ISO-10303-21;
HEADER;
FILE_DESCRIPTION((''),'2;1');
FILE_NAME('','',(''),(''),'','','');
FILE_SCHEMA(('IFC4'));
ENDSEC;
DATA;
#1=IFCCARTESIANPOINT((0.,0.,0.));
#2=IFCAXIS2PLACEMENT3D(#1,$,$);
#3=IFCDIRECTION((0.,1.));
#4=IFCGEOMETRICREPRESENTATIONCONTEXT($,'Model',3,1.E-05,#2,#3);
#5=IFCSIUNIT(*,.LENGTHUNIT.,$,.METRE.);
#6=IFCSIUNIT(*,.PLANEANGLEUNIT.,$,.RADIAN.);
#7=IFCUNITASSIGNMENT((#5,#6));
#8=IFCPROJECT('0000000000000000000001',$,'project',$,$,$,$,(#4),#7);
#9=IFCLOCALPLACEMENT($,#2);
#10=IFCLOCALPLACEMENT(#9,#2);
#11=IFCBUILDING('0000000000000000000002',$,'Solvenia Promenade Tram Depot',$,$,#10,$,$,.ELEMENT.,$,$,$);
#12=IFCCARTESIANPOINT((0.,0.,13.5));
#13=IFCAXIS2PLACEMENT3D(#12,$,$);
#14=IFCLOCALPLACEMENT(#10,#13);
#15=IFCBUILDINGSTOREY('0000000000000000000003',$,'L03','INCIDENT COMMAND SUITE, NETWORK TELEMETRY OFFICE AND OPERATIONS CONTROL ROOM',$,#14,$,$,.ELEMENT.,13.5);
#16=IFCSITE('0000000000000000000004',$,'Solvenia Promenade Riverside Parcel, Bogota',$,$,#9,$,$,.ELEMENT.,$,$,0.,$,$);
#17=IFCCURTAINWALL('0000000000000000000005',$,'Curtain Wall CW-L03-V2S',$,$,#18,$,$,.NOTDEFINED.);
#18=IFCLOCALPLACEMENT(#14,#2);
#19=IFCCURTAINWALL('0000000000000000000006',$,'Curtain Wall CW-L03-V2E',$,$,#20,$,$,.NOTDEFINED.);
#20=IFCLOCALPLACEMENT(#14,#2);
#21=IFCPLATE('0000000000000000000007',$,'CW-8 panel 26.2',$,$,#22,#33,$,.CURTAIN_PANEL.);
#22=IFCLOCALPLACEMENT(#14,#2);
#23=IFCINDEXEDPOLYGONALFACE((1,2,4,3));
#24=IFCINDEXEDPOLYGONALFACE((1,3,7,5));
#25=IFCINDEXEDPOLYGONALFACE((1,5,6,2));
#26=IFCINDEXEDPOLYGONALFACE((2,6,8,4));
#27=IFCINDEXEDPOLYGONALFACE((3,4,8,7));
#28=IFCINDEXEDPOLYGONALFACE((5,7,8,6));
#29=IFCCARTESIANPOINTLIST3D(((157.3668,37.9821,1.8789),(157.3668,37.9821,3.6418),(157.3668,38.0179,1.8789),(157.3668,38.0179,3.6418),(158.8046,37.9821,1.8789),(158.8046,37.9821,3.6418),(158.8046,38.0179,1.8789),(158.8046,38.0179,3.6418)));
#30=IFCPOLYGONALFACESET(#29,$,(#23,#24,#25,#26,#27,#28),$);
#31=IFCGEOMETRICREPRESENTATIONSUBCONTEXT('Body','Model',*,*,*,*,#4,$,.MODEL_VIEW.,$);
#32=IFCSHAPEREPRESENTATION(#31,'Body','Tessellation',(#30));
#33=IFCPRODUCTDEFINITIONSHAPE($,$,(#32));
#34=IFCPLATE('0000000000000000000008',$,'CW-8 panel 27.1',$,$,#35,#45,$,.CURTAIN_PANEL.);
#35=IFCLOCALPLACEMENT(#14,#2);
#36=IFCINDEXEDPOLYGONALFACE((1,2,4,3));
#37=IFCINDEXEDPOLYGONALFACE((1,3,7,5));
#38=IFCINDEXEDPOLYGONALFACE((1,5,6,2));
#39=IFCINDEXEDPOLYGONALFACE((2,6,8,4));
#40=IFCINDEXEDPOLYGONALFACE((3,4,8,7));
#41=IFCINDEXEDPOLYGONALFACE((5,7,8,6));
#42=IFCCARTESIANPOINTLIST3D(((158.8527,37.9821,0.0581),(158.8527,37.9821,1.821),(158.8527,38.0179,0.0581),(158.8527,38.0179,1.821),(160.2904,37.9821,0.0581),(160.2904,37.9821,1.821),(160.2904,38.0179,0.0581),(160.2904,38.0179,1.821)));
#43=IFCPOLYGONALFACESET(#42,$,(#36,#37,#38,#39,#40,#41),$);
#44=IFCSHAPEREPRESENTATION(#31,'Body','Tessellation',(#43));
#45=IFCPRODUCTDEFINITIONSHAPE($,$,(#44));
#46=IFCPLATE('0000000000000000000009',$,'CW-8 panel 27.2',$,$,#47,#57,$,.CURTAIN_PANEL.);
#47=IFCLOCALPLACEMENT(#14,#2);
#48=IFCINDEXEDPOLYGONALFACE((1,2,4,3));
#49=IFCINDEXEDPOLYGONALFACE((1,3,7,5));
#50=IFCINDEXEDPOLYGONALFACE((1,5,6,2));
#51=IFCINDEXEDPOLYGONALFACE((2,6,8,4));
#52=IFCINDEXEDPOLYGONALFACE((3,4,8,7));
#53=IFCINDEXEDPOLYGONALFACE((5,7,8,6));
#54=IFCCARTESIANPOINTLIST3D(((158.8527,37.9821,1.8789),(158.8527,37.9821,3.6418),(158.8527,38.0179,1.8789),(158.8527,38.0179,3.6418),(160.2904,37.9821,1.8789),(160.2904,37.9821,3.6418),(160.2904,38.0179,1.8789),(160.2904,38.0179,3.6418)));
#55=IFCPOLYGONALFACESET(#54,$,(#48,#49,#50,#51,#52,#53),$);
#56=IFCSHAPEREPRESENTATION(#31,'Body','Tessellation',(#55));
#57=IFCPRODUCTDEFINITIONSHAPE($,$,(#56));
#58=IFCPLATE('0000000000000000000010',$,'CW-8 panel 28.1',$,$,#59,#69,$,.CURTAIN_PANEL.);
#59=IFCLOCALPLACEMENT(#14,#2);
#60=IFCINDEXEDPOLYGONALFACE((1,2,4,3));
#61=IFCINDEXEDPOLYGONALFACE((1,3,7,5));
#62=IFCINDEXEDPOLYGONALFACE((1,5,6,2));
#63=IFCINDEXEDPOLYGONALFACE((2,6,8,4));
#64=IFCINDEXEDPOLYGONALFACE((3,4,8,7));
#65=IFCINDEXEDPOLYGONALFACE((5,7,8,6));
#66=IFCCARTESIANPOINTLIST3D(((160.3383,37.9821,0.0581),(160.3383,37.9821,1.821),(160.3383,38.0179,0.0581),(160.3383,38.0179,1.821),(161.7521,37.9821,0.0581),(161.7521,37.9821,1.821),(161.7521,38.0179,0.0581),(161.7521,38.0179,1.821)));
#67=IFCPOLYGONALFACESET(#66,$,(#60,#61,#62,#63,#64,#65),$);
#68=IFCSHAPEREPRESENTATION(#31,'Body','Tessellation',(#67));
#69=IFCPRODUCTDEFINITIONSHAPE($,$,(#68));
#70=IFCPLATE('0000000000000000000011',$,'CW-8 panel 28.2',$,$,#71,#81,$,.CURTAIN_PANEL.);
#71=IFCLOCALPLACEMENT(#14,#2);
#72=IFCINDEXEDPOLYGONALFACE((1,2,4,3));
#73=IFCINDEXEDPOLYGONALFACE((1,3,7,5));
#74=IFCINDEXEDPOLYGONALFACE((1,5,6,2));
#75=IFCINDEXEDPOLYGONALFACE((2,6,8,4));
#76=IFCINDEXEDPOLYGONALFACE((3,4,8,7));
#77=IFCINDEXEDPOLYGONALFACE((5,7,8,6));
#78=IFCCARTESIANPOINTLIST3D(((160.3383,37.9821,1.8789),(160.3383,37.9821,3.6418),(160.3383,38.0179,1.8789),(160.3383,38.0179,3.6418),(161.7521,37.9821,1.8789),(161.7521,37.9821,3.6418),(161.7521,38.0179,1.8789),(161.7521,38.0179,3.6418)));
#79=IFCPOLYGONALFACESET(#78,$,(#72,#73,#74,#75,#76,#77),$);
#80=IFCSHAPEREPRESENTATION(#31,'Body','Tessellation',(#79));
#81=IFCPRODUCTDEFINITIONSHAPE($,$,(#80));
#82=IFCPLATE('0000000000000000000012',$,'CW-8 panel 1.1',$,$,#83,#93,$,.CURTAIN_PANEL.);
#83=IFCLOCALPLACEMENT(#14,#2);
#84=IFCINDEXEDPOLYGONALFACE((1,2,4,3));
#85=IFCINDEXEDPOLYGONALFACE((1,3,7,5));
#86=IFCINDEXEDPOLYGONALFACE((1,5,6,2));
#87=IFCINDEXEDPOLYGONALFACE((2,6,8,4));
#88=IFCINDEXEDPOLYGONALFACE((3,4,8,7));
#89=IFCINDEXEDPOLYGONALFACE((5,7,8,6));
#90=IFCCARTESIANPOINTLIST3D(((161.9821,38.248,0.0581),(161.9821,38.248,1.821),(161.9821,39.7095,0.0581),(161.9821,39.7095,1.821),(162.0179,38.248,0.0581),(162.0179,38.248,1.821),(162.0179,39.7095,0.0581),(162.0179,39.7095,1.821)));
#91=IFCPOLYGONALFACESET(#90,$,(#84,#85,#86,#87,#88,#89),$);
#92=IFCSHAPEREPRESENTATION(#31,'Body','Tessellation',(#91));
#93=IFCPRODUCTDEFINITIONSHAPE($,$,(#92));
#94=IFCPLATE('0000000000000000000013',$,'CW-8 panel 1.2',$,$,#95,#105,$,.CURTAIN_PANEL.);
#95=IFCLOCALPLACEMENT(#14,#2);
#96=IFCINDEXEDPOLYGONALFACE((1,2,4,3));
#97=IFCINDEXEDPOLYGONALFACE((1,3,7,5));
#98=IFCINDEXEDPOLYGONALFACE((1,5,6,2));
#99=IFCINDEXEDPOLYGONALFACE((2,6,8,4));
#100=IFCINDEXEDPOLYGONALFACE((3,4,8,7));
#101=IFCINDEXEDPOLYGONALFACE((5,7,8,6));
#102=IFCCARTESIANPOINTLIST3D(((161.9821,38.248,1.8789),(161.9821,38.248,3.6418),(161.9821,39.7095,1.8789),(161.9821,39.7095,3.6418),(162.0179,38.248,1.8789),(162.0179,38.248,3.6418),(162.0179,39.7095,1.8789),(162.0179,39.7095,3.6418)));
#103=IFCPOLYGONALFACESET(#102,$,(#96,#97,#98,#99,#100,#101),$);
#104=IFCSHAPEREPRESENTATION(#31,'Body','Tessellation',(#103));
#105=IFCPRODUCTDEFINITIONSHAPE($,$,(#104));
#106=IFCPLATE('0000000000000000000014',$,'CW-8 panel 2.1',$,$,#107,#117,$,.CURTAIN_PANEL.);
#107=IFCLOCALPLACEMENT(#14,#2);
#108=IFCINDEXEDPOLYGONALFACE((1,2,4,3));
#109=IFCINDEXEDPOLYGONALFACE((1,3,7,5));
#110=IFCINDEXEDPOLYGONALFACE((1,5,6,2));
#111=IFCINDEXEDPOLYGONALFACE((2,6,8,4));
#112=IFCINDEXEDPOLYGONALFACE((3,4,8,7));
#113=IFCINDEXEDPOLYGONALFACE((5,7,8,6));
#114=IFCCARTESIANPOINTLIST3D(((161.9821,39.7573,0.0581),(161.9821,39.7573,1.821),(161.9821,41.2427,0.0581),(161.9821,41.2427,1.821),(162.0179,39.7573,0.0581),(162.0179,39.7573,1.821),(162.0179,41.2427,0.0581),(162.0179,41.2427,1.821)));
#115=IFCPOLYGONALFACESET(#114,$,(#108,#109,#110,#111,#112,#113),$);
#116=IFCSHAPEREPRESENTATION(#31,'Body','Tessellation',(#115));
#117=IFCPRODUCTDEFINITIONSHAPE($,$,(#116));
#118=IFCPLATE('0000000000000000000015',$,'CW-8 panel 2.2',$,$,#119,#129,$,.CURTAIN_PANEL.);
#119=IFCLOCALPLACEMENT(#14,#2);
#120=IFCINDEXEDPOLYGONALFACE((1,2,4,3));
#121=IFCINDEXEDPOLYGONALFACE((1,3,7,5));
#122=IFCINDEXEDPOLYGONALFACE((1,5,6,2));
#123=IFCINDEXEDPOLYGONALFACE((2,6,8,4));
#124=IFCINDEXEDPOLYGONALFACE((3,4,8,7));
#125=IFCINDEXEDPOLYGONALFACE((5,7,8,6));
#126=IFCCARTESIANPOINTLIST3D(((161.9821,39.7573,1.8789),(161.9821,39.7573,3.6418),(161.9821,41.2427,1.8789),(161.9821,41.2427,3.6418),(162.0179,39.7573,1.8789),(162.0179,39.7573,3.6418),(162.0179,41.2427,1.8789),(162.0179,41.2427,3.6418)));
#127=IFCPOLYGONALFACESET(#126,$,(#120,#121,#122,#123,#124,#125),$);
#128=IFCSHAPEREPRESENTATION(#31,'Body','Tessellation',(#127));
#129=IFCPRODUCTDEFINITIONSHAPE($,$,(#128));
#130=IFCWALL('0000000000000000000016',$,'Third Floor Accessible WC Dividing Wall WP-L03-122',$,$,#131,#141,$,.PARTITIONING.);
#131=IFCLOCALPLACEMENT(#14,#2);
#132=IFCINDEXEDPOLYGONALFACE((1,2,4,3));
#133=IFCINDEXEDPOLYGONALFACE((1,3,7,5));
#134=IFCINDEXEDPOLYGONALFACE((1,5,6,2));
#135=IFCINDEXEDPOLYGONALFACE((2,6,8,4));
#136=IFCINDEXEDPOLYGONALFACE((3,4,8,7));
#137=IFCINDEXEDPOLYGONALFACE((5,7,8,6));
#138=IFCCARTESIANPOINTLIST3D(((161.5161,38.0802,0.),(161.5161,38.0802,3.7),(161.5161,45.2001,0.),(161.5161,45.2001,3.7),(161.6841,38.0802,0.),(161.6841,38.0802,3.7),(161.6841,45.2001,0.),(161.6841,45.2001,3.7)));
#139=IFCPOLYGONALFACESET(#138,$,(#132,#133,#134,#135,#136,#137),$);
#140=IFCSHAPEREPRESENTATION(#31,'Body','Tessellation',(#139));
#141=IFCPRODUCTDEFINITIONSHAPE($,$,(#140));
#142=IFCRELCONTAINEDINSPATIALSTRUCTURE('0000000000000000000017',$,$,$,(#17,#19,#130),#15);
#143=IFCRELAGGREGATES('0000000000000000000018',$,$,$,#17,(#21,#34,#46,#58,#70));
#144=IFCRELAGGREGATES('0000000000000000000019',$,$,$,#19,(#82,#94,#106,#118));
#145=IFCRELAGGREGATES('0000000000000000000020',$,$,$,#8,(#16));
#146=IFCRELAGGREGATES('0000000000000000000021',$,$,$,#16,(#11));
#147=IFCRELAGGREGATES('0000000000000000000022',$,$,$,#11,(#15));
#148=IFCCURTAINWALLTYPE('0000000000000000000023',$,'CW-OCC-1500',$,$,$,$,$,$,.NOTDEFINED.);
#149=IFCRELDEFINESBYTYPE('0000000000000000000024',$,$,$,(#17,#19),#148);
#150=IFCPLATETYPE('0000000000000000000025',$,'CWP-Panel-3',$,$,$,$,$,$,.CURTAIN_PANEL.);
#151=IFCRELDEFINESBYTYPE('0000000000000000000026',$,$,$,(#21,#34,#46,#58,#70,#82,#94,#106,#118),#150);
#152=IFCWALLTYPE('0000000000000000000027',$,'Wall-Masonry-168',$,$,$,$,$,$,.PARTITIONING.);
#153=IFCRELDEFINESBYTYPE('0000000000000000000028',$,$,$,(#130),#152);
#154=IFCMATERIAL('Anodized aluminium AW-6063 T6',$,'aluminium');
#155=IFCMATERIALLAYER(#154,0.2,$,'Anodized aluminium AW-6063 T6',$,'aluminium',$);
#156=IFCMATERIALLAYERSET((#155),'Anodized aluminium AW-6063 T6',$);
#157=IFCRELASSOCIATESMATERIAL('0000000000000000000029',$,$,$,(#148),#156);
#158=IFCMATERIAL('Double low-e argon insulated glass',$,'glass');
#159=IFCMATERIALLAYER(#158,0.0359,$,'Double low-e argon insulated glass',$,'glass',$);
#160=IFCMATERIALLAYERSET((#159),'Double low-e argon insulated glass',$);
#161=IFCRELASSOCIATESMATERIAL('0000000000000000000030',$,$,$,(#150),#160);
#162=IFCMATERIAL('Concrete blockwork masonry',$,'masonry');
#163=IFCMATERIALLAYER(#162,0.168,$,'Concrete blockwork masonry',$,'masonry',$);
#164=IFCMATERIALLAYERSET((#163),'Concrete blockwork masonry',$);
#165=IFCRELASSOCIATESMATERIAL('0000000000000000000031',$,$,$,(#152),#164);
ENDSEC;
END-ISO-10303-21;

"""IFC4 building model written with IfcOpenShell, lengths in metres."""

from ifc_helpers import new_model, si_unit, direction, frame, frame_2d, origin, origin_2d, place, context, subcontext, project, spatial, rectangle, extrude, material, layer, layer_set, type_object, element, aggregate, save


model = new_model("IFC4")

# Units and contexts
model_context = context("Model", 3, precision=1e-05, world=origin(), true_north=direction((0.0, 1.0)))
body_context = subcontext(model_context, "Body", "Model", "MODEL_VIEW")
ifc_project = project(units=[si_unit("LENGTHUNIT", "METRE"), si_unit("PLANEANGLEUNIT", "RADIAN")], contexts=[model_context])

# Site, building, storey
site_placement = place(None, origin())
site = spatial("IfcSite", under=ifc_project, at=site_placement, Name="Solvenia Promenade Riverside Parcel, Bogota", CompositionType="ELEMENT", RefElevation=0.0)
building_placement = place(site_placement, origin())
building = spatial("IfcBuilding", under=site, at=building_placement, Name="Solvenia Promenade Tram Depot", CompositionType="ELEMENT")
storey_placement = place(building_placement, frame((0.0, 0.0, 13.5)))
storey = spatial("IfcBuildingStorey", under=building, at=storey_placement, Name="L03", Description="INCIDENT COMMAND SUITE, NETWORK TELEMETRY OFFICE AND OPERATIONS CONTROL ROOM", CompositionType="ELEMENT", Elevation=13.5)

# Curtain walls
ifc_material_1 = material(Name="Anodized aluminium AW-6063 T6", Category="aluminium")
ifc_layer_1 = layer(ifc_material_1, 0.2, Name="Anodized aluminium AW-6063 T6", Category="aluminium")
ifc_layer_set_1 = layer_set([ifc_layer_1], Name="Anodized aluminium AW-6063 T6")
curtain_wall_type = type_object("IfcCurtainWallType", Name="CW-OCC-1500", PredefinedType="NOTDEFINED", material=ifc_layer_set_1)
curtain_wall_1_placement = place(storey_placement, origin())
curtain_wall_1 = element("IfcCurtainWall", 1, at=curtain_wall_1_placement, inside=storey, type_object=curtain_wall_type, Name="Curtain Wall CW-L03-V2S", PredefinedType="NOTDEFINED")
curtain_wall_2_placement = place(storey_placement, origin())
curtain_wall_2 = element("IfcCurtainWall", 2, at=curtain_wall_2_placement, inside=storey, type_object=curtain_wall_type, Name="Curtain Wall CW-L03-V2E", PredefinedType="NOTDEFINED")

# Plates
ifc_material_2 = material(Name="Double low-e argon insulated glass", Category="glass")
ifc_layer_2 = layer(ifc_material_2, 0.0359, Name="Double low-e argon insulated glass", Category="glass")
ifc_layer_set_2 = layer_set([ifc_layer_2], Name="Double low-e argon insulated glass")
plate_type = type_object("IfcPlateType", Name="CWP-Panel-3", PredefinedType="CURTAIN_PANEL", material=ifc_layer_set_2)
plate_1_placement = place(storey_placement, frame((158.0857, 38.0, 1.8789), z_axis=(0.0, 0.0, 1.0), x_axis=(1.0, 0.0, 0.0)))
plate_1 = element("IfcPlate", 3, at=plate_1_placement, type_object=plate_type, Name="CW-8 panel 26.2", PredefinedType="CURTAIN_PANEL", context=body_context, shape_type="SweptSolid", body=[
    extrude(rectangle(XDim=1.4377, YDim=0.0359, at=origin_2d()), origin(), (0.0, 0.0, 1.0), 1.7629),
])
plate_2_placement = place(storey_placement, frame((159.5715, 38.0, 0.0581), z_axis=(0.0, 0.0, 1.0), x_axis=(1.0, 0.0, 0.0)))
plate_2 = element("IfcPlate", 4, at=plate_2_placement, type_object=plate_type, Name="CW-8 panel 27.1", PredefinedType="CURTAIN_PANEL", context=body_context, shape_type="SweptSolid", body=[
    extrude(rectangle(XDim=1.4377, YDim=0.0359, at=origin_2d()), origin(), (0.0, 0.0, 1.0), 1.7629),
])
plate_3_placement = place(storey_placement, frame((159.5715, 38.0, 1.8789), z_axis=(0.0, 0.0, 1.0), x_axis=(1.0, 0.0, 0.0)))
plate_3 = element("IfcPlate", 5, at=plate_3_placement, type_object=plate_type, Name="CW-8 panel 27.2", PredefinedType="CURTAIN_PANEL", context=body_context, shape_type="SweptSolid", body=[
    extrude(rectangle(XDim=1.4377, YDim=0.0359, at=origin_2d()), origin(), (0.0, 0.0, 1.0), 1.7629),
])
plate_4_placement = place(storey_placement, frame((161.0452, 38.0, 0.0581), z_axis=(0.0, 0.0, 1.0), x_axis=(1.0, 0.0, 0.0)))
plate_4 = element("IfcPlate", 6, at=plate_4_placement, type_object=plate_type, Name="CW-8 panel 28.1", PredefinedType="CURTAIN_PANEL", context=body_context, shape_type="SweptSolid", body=[
    extrude(rectangle(XDim=1.4138, YDim=0.0359, at=origin_2d()), origin(), (0.0, 0.0, 1.0), 1.7629),
])
plate_5_placement = place(storey_placement, frame((161.0452, 38.0, 1.8789), z_axis=(0.0, 0.0, 1.0), x_axis=(1.0, 0.0, 0.0)))
plate_5 = element("IfcPlate", 7, at=plate_5_placement, type_object=plate_type, Name="CW-8 panel 28.2", PredefinedType="CURTAIN_PANEL", context=body_context, shape_type="SweptSolid", body=[
    extrude(rectangle(XDim=1.4138, YDim=0.0359, at=origin_2d()), origin(), (0.0, 0.0, 1.0), 1.7629),
])
aggregate(curtain_wall_1, [plate_1, plate_2, plate_3, plate_4, plate_5])
plate_6_placement = place(storey_placement, frame((162.0, 38.9788, 0.0581), z_axis=(0.0, 0.0, 1.0), x_axis=(0.0, 1.0, 0.0)))
plate_6 = element("IfcPlate", 8, at=plate_6_placement, type_object=plate_type, Name="CW-8 panel 1.1", PredefinedType="CURTAIN_PANEL", context=body_context, shape_type="SweptSolid", body=[
    extrude(rectangle(XDim=1.4614, YDim=0.0359, at=origin_2d()), origin(), (0.0, 0.0, 1.0), 1.7629),
])
plate_7_placement = place(storey_placement, frame((162.0, 38.9788, 1.8789), z_axis=(0.0, 0.0, 1.0), x_axis=(0.0, 1.0, 0.0)))
plate_7 = element("IfcPlate", 9, at=plate_7_placement, type_object=plate_type, Name="CW-8 panel 1.2", PredefinedType="CURTAIN_PANEL", context=body_context, shape_type="SweptSolid", body=[
    extrude(rectangle(XDim=1.4614, YDim=0.0359, at=origin_2d()), origin(), (0.0, 0.0, 1.0), 1.7629),
])
plate_8_placement = place(storey_placement, frame((162.0, 40.5, 0.0581), z_axis=(0.0, 0.0, 1.0), x_axis=(0.0, 1.0, 0.0)))
plate_8 = element("IfcPlate", 10, at=plate_8_placement, type_object=plate_type, Name="CW-8 panel 2.1", PredefinedType="CURTAIN_PANEL", context=body_context, shape_type="SweptSolid", body=[
    extrude(rectangle(XDim=1.4854, YDim=0.0359, at=origin_2d()), origin(), (0.0, 0.0, 1.0), 1.7629),
])
plate_9_placement = place(storey_placement, frame((162.0, 40.5, 1.8789), z_axis=(0.0, 0.0, 1.0), x_axis=(0.0, 1.0, 0.0)))
plate_9 = element("IfcPlate", 11, at=plate_9_placement, type_object=plate_type, Name="CW-8 panel 2.2", PredefinedType="CURTAIN_PANEL", context=body_context, shape_type="SweptSolid", body=[
    extrude(rectangle(XDim=1.4854, YDim=0.0359, at=origin_2d()), origin(), (0.0, 0.0, 1.0), 1.7629),
])
aggregate(curtain_wall_2, [plate_6, plate_7, plate_8, plate_9])

# Wall
ifc_material_3 = material(Name="Concrete blockwork masonry", Category="masonry")
ifc_layer_3 = layer(ifc_material_3, 0.168, Name="Concrete blockwork masonry", Category="masonry")
ifc_layer_set_3 = layer_set([ifc_layer_3], Name="Concrete blockwork masonry")
wall_type = type_object("IfcWallType", Name="Wall-Masonry-168", PredefinedType="PARTITIONING", material=ifc_layer_set_3)
wall_placement = place(storey_placement, frame((161.6001, 38.0801, 0.0), z_axis=(0.0, 0.0, 1.0), x_axis=(0.0, 1.0, 0.0)))
element("IfcWall", 12, at=wall_placement, inside=storey, type_object=wall_type, Name="Third Floor Accessible WC Dividing Wall WP-L03-122", PredefinedType="PARTITIONING", context=body_context, shape_type="SweptSolid", body=[
    extrude(rectangle(XDim=7.1199, YDim=0.168, at=frame_2d((3.5601, 0.0))), origin(), (0.0, 0.0, 1.0), 3.7),
])

save(model, "model.ifc")
